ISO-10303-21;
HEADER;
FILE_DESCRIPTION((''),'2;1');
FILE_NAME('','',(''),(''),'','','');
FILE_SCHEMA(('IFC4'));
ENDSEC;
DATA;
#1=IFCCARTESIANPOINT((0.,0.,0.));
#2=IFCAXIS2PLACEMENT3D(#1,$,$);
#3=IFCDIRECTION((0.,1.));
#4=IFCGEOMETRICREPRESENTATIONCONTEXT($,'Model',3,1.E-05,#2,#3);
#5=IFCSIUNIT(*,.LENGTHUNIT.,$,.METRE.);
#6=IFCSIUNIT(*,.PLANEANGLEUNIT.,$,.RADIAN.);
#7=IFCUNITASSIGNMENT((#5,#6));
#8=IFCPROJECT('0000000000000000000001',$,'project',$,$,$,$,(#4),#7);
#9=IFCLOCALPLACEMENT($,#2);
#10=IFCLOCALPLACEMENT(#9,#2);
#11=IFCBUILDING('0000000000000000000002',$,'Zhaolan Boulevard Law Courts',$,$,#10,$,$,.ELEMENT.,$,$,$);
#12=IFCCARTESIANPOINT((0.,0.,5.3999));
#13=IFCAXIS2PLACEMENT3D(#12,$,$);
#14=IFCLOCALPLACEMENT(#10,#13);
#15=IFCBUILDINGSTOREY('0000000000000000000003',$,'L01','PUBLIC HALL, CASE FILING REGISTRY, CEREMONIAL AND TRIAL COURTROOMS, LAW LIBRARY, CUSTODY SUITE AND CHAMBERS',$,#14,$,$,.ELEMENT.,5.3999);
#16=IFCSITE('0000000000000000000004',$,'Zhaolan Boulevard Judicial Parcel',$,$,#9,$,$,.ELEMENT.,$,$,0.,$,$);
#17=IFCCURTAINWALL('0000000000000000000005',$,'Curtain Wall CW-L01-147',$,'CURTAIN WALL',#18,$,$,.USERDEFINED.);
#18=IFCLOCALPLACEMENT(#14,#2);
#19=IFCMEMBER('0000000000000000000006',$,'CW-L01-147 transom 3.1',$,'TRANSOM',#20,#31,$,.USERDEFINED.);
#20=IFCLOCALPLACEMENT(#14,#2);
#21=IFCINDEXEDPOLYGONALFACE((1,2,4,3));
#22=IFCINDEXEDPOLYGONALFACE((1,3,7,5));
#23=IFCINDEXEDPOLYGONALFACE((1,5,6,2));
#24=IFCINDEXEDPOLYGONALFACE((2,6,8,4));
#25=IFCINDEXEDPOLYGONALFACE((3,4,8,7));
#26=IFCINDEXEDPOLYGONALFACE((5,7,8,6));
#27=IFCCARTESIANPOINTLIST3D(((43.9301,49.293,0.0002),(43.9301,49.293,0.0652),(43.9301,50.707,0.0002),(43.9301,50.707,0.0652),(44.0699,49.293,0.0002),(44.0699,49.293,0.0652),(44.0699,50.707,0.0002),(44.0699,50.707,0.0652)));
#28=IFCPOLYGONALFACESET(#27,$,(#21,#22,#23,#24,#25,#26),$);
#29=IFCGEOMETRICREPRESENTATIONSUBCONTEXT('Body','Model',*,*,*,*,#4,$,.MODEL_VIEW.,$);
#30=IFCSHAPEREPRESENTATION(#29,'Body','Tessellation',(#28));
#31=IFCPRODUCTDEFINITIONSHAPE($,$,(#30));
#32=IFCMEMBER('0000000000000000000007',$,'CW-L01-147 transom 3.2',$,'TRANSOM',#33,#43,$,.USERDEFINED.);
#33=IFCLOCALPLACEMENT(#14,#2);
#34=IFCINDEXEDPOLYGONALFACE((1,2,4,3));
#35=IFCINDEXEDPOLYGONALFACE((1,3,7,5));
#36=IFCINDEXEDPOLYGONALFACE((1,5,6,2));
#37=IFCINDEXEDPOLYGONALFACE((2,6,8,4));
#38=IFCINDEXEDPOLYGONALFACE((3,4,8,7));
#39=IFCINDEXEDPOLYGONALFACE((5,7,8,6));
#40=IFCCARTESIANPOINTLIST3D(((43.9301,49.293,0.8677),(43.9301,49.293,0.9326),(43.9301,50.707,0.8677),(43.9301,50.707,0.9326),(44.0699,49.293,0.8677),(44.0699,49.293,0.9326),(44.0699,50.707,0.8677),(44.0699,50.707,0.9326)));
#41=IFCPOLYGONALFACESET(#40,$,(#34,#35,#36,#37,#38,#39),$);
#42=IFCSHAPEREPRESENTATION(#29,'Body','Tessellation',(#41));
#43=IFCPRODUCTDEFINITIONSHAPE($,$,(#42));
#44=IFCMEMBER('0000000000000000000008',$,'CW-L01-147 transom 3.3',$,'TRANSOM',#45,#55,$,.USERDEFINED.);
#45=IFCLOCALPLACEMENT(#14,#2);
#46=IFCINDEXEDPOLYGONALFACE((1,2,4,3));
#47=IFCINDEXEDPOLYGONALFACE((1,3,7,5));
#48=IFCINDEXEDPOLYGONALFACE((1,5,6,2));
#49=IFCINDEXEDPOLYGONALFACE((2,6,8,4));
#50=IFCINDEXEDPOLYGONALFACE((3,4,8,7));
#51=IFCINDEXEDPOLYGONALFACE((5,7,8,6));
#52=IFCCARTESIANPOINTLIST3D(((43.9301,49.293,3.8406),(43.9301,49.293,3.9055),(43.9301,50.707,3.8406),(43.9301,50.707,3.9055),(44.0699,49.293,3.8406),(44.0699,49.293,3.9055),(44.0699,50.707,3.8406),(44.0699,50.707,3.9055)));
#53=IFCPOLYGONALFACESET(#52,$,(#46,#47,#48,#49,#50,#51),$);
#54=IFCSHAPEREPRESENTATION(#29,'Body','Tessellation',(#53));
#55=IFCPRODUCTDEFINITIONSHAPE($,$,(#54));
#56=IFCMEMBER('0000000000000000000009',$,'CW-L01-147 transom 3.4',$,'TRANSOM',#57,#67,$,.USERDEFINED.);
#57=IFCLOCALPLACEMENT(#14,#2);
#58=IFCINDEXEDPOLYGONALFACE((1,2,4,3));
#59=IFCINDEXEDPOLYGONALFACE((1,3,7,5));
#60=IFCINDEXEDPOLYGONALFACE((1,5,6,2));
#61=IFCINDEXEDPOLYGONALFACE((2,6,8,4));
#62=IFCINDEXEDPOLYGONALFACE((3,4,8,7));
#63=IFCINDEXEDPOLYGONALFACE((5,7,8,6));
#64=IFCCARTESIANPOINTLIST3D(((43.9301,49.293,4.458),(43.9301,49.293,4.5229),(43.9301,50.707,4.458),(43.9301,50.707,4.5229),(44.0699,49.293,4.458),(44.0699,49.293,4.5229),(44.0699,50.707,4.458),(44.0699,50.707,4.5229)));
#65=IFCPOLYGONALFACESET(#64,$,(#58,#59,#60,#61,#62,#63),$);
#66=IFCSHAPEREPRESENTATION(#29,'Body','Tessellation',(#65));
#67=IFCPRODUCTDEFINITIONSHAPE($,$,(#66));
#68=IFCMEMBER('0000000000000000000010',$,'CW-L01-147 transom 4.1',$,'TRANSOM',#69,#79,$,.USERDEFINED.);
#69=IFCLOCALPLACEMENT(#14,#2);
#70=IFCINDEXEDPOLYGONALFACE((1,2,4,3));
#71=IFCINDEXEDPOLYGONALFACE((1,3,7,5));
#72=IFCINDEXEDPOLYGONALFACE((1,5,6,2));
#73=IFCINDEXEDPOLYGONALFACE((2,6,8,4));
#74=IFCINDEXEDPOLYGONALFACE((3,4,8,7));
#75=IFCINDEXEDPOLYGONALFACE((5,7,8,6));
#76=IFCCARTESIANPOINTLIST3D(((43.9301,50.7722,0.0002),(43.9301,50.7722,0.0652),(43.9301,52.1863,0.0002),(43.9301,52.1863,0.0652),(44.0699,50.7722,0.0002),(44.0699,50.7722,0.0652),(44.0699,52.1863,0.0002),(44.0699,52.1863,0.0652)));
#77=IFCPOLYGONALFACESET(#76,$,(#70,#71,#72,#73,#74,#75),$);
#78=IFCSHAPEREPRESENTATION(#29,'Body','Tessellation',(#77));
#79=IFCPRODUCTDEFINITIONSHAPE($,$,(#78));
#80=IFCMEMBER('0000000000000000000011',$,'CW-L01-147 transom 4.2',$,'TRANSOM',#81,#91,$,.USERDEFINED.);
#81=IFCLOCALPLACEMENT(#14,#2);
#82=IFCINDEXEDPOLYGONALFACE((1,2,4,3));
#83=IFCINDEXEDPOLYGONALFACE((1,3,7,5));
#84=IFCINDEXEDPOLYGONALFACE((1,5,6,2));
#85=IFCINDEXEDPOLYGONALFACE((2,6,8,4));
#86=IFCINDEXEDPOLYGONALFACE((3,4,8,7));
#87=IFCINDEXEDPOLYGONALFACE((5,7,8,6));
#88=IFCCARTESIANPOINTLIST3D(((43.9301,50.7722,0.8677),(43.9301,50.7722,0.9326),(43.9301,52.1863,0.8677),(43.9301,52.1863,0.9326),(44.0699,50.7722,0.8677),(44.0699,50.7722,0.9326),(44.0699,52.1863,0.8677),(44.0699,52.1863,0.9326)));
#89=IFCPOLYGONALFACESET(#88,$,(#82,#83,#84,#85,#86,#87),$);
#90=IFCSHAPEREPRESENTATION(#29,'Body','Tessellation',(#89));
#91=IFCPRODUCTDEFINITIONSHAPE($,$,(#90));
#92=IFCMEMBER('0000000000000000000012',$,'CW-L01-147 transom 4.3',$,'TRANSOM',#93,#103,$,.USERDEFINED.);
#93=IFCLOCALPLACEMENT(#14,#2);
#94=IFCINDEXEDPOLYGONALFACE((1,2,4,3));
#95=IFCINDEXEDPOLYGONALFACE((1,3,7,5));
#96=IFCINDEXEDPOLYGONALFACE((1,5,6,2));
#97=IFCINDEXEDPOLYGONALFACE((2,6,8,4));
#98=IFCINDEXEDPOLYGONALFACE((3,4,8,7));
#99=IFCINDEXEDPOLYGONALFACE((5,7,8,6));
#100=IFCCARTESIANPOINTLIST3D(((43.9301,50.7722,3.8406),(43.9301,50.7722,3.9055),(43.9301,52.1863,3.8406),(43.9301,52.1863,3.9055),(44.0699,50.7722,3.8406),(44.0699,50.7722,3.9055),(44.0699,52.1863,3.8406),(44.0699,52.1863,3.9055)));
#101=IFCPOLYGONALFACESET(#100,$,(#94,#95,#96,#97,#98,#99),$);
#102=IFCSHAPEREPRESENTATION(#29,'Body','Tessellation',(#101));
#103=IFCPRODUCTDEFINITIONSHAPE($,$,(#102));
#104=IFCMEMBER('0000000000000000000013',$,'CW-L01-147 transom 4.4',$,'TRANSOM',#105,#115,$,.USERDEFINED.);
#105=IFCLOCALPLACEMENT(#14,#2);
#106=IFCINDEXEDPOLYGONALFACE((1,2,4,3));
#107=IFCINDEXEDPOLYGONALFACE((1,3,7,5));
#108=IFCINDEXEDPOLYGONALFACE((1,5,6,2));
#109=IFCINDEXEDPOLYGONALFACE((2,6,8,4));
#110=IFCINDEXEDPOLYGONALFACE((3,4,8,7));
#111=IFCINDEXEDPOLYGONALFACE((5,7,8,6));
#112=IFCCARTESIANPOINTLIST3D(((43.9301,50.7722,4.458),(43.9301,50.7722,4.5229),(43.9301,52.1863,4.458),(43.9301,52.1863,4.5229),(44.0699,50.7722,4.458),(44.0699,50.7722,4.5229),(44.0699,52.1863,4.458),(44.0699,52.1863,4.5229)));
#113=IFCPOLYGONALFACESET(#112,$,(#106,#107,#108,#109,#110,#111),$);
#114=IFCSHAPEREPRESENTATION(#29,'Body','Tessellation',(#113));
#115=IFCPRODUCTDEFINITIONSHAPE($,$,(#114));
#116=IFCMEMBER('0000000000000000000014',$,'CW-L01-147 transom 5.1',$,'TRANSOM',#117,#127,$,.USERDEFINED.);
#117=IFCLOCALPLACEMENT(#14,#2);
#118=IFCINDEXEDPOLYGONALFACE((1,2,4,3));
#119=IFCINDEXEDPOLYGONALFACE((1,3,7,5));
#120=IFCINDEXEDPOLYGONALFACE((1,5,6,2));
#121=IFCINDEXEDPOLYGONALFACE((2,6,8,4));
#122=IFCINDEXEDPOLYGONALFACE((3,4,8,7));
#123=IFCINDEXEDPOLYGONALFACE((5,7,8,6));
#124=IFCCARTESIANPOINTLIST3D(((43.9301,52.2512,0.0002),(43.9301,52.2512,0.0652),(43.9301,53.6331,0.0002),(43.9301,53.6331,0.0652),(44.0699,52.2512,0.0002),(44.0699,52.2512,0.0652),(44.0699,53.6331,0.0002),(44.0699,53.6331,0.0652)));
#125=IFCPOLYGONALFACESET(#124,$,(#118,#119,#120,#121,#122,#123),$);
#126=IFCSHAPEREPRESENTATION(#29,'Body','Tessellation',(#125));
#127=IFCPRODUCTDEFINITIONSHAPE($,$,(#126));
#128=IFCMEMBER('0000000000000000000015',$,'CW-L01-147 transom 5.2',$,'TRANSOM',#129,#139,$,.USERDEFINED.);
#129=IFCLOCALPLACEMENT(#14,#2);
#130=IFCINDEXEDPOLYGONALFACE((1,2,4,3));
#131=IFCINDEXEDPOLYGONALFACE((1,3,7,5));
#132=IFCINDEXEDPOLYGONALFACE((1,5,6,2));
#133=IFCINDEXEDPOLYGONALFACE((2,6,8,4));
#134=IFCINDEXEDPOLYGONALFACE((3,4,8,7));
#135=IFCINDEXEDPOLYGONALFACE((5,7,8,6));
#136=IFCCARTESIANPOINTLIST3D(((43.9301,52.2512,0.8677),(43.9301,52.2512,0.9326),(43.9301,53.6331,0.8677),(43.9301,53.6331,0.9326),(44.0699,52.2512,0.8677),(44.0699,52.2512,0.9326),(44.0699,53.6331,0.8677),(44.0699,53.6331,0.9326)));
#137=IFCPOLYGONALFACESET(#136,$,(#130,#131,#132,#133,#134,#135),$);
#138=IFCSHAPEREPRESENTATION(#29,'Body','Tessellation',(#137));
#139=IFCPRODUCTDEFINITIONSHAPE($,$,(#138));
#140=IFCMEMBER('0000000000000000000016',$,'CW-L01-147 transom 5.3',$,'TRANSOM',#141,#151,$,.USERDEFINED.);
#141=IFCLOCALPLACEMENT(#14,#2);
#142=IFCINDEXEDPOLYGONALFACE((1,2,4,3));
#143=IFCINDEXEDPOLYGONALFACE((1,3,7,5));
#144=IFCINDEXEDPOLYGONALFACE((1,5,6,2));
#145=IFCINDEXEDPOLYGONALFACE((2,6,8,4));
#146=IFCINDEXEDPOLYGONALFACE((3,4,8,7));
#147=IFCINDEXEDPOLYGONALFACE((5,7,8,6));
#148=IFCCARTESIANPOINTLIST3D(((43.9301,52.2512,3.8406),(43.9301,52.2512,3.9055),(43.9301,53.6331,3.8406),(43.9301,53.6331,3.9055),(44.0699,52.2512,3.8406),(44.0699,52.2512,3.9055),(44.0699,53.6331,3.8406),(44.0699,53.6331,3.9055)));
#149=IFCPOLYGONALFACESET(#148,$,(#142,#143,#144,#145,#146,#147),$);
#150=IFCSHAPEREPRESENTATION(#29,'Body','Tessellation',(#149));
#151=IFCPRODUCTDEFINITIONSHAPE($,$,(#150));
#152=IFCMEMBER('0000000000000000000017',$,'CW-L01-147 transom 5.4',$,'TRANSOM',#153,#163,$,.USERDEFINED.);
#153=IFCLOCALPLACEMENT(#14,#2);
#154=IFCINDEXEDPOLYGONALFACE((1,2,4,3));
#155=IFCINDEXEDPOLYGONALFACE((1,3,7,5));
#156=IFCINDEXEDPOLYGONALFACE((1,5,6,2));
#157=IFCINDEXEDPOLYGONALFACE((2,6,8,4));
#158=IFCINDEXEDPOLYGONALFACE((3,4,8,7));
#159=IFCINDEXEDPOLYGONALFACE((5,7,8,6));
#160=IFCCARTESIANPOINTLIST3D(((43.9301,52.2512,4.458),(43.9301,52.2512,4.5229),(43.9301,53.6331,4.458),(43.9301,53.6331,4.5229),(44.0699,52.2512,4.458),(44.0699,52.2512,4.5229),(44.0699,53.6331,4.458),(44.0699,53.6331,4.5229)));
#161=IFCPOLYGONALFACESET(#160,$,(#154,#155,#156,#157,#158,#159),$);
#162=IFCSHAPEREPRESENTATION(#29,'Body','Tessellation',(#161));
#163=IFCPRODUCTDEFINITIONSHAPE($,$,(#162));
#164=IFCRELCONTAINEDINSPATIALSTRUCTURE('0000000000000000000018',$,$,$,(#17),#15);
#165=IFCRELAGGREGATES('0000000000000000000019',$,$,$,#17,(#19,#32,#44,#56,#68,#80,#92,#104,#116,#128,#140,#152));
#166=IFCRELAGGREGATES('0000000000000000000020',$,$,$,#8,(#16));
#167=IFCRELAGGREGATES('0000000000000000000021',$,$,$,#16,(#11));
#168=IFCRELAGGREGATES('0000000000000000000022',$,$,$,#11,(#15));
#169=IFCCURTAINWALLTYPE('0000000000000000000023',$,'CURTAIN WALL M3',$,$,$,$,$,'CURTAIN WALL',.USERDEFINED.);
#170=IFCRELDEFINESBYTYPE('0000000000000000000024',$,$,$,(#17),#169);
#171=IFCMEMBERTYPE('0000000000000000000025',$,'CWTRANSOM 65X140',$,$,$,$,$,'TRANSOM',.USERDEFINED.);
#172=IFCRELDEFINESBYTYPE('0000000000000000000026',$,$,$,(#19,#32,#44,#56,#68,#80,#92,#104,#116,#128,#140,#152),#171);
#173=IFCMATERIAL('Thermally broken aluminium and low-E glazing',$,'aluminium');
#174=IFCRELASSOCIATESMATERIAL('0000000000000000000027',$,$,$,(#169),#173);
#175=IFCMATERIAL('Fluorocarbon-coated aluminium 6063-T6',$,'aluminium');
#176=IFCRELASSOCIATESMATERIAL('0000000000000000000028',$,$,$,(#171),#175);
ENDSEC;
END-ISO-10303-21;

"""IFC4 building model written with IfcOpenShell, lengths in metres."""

from ifc_helpers import new_model, si_unit, direction, frame, origin, origin_2d, place, context, subcontext, project, spatial, rectangle, extrude, material, material_profile, profile_set, type_object, element, aggregate, save


model = new_model("IFC4")

# Units and contexts
model_context = context("Model", 3, precision=1e-05, world=origin(), true_north=direction((0.0, 1.0)))
body_context = subcontext(model_context, "Body", "Model", "MODEL_VIEW")
ifc_project = project(units=[si_unit("LENGTHUNIT", "METRE"), si_unit("PLANEANGLEUNIT", "RADIAN")], contexts=[model_context])

# Site, building, storey
site_placement = place(None, origin())
site = spatial("IfcSite", under=ifc_project, at=site_placement, Name="Zhaolan Boulevard Judicial Parcel", CompositionType="ELEMENT", RefElevation=0.0)
building_placement = place(site_placement, origin())
building = spatial("IfcBuilding", under=site, at=building_placement, Name="Zhaolan Boulevard Law Courts", CompositionType="ELEMENT")
storey_placement = place(building_placement, frame((0.0, 0.0, 5.3999)))
storey = spatial("IfcBuildingStorey", under=building, at=storey_placement, Name="L01", Description="PUBLIC HALL, CASE FILING REGISTRY, CEREMONIAL AND TRIAL COURTROOMS, LAW LIBRARY, CUSTODY SUITE AND CHAMBERS", CompositionType="ELEMENT", Elevation=5.3999)

# Curtain wall, members
ifc_material_1 = material(Name="Thermally broken aluminium and low-E glazing", Category="aluminium")
curtain_wall_type = type_object("IfcCurtainWallType", Name="CURTAIN WALL M3", ElementType="CURTAIN WALL", PredefinedType="USERDEFINED", material=ifc_material_1)
curtain_wall_placement = place(storey_placement, origin())
curtain_wall = element("IfcCurtainWall", 1, at=curtain_wall_placement, inside=storey, type_object=curtain_wall_type, Name="Curtain Wall CW-L01-147", ObjectType="CURTAIN WALL", PredefinedType="USERDEFINED")
ifc_material_2 = material(Name="Fluorocarbon-coated aluminium 6063-T6", Category="aluminium")
ifc_material_profile_1 = material_profile(ifc_material_2, rectangle(XDim=0.1399, YDim=0.0649, at=origin_2d()), Name="AL65x140")
ifc_profile_set_1 = profile_set([ifc_material_profile_1], Name="Fluorocarbon-coated aluminium 6063-T6")
member_type_1 = type_object("IfcMemberType", Name="CWTRANSOM 65X140", ElementType="TRANSOM", PredefinedType="USERDEFINED", material=ifc_profile_set_1)
member_1_placement = place(storey_placement, frame((44.0, 49.293, 0.0327), z_axis=(0.0, 1.0, 0.0), x_axis=(-1.0, 0.0, 0.0)))
member_1 = element("IfcMember", 2, at=member_1_placement, type_object=member_type_1, Name="CW-L01-147 transom 3.1", ObjectType="TRANSOM", PredefinedType="USERDEFINED", context=body_context, shape_type="SweptSolid", body=[
    extrude(rectangle(XDim=0.1399, YDim=0.0649, at=origin_2d()), origin(), (0.0, 0.0, 1.0), 1.4141),
])
member_2_placement = place(storey_placement, frame((44.0, 49.293, 0.9001), z_axis=(0.0, 1.0, 0.0), x_axis=(-1.0, 0.0, 0.0)))
member_2 = element("IfcMember", 3, at=member_2_placement, type_object=member_type_1, Name="CW-L01-147 transom 3.2", ObjectType="TRANSOM", PredefinedType="USERDEFINED", context=body_context, shape_type="SweptSolid", body=[
    extrude(rectangle(XDim=0.1399, YDim=0.0649, at=origin_2d()), origin(), (0.0, 0.0, 1.0), 1.4141),
])
member_3_placement = place(storey_placement, frame((44.0, 49.293, 3.873), z_axis=(0.0, 1.0, 0.0), x_axis=(-1.0, 0.0, 0.0)))
member_3 = element("IfcMember", 4, at=member_3_placement, type_object=member_type_1, Name="CW-L01-147 transom 3.3", ObjectType="TRANSOM", PredefinedType="USERDEFINED", context=body_context, shape_type="SweptSolid", body=[
    extrude(rectangle(XDim=0.1399, YDim=0.0649, at=origin_2d()), origin(), (0.0, 0.0, 1.0), 1.4141),
])
member_4_placement = place(storey_placement, frame((44.0, 49.293, 4.4905), z_axis=(0.0, 1.0, 0.0), x_axis=(-1.0, 0.0, 0.0)))
member_4 = element("IfcMember", 5, at=member_4_placement, type_object=member_type_1, Name="CW-L01-147 transom 3.4", ObjectType="TRANSOM", PredefinedType="USERDEFINED", context=body_context, shape_type="SweptSolid", body=[
    extrude(rectangle(XDim=0.1399, YDim=0.0649, at=origin_2d()), origin(), (0.0, 0.0, 1.0), 1.4141),
])
member_5_placement = place(storey_placement, frame((44.0, 50.7722, 0.0327), z_axis=(0.0, 1.0, 0.0), x_axis=(-1.0, 0.0, 0.0)))
member_5 = element("IfcMember", 6, at=member_5_placement, type_object=member_type_1, Name="CW-L01-147 transom 4.1", ObjectType="TRANSOM", PredefinedType="USERDEFINED", context=body_context, shape_type="SweptSolid", body=[
    extrude(rectangle(XDim=0.1399, YDim=0.0649, at=origin_2d()), origin(), (0.0, 0.0, 1.0), 1.4141),
])
member_6_placement = place(storey_placement, frame((44.0, 50.7722, 0.9001), z_axis=(0.0, 1.0, 0.0), x_axis=(-1.0, 0.0, 0.0)))
member_6 = element("IfcMember", 7, at=member_6_placement, type_object=member_type_1, Name="CW-L01-147 transom 4.2", ObjectType="TRANSOM", PredefinedType="USERDEFINED", context=body_context, shape_type="SweptSolid", body=[
    extrude(rectangle(XDim=0.1399, YDim=0.0649, at=origin_2d()), origin(), (0.0, 0.0, 1.0), 1.4141),
])
member_7_placement = place(storey_placement, frame((44.0, 50.7722, 3.873), z_axis=(0.0, 1.0, 0.0), x_axis=(-1.0, 0.0, 0.0)))
member_7 = element("IfcMember", 8, at=member_7_placement, type_object=member_type_1, Name="CW-L01-147 transom 4.3", ObjectType="TRANSOM", PredefinedType="USERDEFINED", context=body_context, shape_type="SweptSolid", body=[
    extrude(rectangle(XDim=0.1399, YDim=0.0649, at=origin_2d()), origin(), (0.0, 0.0, 1.0), 1.4141),
])
member_8_placement = place(storey_placement, frame((44.0, 50.7722, 4.4905), z_axis=(0.0, 1.0, 0.0), x_axis=(-1.0, 0.0, 0.0)))
member_8 = element("IfcMember", 9, at=member_8_placement, type_object=member_type_1, Name="CW-L01-147 transom 4.4", ObjectType="TRANSOM", PredefinedType="USERDEFINED", context=body_context, shape_type="SweptSolid", body=[
    extrude(rectangle(XDim=0.1399, YDim=0.0649, at=origin_2d()), origin(), (0.0, 0.0, 1.0), 1.4141),
])
member_9_placement = place(storey_placement, frame((44.0, 52.2512, 0.0327), z_axis=(0.0, 1.0, 0.0), x_axis=(-1.0, 0.0, 0.0)))
member_9 = element("IfcMember", 10, at=member_9_placement, type_object=member_type_1, Name="CW-L01-147 transom 5.1", ObjectType="TRANSOM", PredefinedType="USERDEFINED", context=body_context, shape_type="SweptSolid", body=[
    extrude(rectangle(XDim=0.1399, YDim=0.0649, at=origin_2d()), origin(), (0.0, 0.0, 1.0), 1.3818),
])
member_10_placement = place(storey_placement, frame((44.0, 52.2512, 0.9001), z_axis=(0.0, 1.0, 0.0), x_axis=(-1.0, 0.0, 0.0)))
member_10 = element("IfcMember", 11, at=member_10_placement, type_object=member_type_1, Name="CW-L01-147 transom 5.2", ObjectType="TRANSOM", PredefinedType="USERDEFINED", context=body_context, shape_type="SweptSolid", body=[
    extrude(rectangle(XDim=0.1399, YDim=0.0649, at=origin_2d()), origin(), (0.0, 0.0, 1.0), 1.3818),
])
member_11_placement = place(storey_placement, frame((44.0, 52.2512, 3.873), z_axis=(0.0, 1.0, 0.0), x_axis=(-1.0, 0.0, 0.0)))
member_11 = element("IfcMember", 12, at=member_11_placement, type_object=member_type_1, Name="CW-L01-147 transom 5.3", ObjectType="TRANSOM", PredefinedType="USERDEFINED", context=body_context, shape_type="SweptSolid", body=[
    extrude(rectangle(XDim=0.1399, YDim=0.0649, at=origin_2d()), origin(), (0.0, 0.0, 1.0), 1.3818),
])
member_12_placement = place(storey_placement, frame((44.0, 52.2512, 4.4905), z_axis=(0.0, 1.0, 0.0), x_axis=(-1.0, 0.0, 0.0)))
member_12 = element("IfcMember", 13, at=member_12_placement, type_object=member_type_1, Name="CW-L01-147 transom 5.4", ObjectType="TRANSOM", PredefinedType="USERDEFINED", context=body_context, shape_type="SweptSolid", body=[
    extrude(rectangle(XDim=0.1399, YDim=0.0649, at=origin_2d()), origin(), (0.0, 0.0, 1.0), 1.3818),
])

aggregate(curtain_wall, [member_1, member_2, member_3, member_4, member_5, member_6, member_7, member_8, member_9, member_10, member_11, member_12])

save(model, "model.ifc")
